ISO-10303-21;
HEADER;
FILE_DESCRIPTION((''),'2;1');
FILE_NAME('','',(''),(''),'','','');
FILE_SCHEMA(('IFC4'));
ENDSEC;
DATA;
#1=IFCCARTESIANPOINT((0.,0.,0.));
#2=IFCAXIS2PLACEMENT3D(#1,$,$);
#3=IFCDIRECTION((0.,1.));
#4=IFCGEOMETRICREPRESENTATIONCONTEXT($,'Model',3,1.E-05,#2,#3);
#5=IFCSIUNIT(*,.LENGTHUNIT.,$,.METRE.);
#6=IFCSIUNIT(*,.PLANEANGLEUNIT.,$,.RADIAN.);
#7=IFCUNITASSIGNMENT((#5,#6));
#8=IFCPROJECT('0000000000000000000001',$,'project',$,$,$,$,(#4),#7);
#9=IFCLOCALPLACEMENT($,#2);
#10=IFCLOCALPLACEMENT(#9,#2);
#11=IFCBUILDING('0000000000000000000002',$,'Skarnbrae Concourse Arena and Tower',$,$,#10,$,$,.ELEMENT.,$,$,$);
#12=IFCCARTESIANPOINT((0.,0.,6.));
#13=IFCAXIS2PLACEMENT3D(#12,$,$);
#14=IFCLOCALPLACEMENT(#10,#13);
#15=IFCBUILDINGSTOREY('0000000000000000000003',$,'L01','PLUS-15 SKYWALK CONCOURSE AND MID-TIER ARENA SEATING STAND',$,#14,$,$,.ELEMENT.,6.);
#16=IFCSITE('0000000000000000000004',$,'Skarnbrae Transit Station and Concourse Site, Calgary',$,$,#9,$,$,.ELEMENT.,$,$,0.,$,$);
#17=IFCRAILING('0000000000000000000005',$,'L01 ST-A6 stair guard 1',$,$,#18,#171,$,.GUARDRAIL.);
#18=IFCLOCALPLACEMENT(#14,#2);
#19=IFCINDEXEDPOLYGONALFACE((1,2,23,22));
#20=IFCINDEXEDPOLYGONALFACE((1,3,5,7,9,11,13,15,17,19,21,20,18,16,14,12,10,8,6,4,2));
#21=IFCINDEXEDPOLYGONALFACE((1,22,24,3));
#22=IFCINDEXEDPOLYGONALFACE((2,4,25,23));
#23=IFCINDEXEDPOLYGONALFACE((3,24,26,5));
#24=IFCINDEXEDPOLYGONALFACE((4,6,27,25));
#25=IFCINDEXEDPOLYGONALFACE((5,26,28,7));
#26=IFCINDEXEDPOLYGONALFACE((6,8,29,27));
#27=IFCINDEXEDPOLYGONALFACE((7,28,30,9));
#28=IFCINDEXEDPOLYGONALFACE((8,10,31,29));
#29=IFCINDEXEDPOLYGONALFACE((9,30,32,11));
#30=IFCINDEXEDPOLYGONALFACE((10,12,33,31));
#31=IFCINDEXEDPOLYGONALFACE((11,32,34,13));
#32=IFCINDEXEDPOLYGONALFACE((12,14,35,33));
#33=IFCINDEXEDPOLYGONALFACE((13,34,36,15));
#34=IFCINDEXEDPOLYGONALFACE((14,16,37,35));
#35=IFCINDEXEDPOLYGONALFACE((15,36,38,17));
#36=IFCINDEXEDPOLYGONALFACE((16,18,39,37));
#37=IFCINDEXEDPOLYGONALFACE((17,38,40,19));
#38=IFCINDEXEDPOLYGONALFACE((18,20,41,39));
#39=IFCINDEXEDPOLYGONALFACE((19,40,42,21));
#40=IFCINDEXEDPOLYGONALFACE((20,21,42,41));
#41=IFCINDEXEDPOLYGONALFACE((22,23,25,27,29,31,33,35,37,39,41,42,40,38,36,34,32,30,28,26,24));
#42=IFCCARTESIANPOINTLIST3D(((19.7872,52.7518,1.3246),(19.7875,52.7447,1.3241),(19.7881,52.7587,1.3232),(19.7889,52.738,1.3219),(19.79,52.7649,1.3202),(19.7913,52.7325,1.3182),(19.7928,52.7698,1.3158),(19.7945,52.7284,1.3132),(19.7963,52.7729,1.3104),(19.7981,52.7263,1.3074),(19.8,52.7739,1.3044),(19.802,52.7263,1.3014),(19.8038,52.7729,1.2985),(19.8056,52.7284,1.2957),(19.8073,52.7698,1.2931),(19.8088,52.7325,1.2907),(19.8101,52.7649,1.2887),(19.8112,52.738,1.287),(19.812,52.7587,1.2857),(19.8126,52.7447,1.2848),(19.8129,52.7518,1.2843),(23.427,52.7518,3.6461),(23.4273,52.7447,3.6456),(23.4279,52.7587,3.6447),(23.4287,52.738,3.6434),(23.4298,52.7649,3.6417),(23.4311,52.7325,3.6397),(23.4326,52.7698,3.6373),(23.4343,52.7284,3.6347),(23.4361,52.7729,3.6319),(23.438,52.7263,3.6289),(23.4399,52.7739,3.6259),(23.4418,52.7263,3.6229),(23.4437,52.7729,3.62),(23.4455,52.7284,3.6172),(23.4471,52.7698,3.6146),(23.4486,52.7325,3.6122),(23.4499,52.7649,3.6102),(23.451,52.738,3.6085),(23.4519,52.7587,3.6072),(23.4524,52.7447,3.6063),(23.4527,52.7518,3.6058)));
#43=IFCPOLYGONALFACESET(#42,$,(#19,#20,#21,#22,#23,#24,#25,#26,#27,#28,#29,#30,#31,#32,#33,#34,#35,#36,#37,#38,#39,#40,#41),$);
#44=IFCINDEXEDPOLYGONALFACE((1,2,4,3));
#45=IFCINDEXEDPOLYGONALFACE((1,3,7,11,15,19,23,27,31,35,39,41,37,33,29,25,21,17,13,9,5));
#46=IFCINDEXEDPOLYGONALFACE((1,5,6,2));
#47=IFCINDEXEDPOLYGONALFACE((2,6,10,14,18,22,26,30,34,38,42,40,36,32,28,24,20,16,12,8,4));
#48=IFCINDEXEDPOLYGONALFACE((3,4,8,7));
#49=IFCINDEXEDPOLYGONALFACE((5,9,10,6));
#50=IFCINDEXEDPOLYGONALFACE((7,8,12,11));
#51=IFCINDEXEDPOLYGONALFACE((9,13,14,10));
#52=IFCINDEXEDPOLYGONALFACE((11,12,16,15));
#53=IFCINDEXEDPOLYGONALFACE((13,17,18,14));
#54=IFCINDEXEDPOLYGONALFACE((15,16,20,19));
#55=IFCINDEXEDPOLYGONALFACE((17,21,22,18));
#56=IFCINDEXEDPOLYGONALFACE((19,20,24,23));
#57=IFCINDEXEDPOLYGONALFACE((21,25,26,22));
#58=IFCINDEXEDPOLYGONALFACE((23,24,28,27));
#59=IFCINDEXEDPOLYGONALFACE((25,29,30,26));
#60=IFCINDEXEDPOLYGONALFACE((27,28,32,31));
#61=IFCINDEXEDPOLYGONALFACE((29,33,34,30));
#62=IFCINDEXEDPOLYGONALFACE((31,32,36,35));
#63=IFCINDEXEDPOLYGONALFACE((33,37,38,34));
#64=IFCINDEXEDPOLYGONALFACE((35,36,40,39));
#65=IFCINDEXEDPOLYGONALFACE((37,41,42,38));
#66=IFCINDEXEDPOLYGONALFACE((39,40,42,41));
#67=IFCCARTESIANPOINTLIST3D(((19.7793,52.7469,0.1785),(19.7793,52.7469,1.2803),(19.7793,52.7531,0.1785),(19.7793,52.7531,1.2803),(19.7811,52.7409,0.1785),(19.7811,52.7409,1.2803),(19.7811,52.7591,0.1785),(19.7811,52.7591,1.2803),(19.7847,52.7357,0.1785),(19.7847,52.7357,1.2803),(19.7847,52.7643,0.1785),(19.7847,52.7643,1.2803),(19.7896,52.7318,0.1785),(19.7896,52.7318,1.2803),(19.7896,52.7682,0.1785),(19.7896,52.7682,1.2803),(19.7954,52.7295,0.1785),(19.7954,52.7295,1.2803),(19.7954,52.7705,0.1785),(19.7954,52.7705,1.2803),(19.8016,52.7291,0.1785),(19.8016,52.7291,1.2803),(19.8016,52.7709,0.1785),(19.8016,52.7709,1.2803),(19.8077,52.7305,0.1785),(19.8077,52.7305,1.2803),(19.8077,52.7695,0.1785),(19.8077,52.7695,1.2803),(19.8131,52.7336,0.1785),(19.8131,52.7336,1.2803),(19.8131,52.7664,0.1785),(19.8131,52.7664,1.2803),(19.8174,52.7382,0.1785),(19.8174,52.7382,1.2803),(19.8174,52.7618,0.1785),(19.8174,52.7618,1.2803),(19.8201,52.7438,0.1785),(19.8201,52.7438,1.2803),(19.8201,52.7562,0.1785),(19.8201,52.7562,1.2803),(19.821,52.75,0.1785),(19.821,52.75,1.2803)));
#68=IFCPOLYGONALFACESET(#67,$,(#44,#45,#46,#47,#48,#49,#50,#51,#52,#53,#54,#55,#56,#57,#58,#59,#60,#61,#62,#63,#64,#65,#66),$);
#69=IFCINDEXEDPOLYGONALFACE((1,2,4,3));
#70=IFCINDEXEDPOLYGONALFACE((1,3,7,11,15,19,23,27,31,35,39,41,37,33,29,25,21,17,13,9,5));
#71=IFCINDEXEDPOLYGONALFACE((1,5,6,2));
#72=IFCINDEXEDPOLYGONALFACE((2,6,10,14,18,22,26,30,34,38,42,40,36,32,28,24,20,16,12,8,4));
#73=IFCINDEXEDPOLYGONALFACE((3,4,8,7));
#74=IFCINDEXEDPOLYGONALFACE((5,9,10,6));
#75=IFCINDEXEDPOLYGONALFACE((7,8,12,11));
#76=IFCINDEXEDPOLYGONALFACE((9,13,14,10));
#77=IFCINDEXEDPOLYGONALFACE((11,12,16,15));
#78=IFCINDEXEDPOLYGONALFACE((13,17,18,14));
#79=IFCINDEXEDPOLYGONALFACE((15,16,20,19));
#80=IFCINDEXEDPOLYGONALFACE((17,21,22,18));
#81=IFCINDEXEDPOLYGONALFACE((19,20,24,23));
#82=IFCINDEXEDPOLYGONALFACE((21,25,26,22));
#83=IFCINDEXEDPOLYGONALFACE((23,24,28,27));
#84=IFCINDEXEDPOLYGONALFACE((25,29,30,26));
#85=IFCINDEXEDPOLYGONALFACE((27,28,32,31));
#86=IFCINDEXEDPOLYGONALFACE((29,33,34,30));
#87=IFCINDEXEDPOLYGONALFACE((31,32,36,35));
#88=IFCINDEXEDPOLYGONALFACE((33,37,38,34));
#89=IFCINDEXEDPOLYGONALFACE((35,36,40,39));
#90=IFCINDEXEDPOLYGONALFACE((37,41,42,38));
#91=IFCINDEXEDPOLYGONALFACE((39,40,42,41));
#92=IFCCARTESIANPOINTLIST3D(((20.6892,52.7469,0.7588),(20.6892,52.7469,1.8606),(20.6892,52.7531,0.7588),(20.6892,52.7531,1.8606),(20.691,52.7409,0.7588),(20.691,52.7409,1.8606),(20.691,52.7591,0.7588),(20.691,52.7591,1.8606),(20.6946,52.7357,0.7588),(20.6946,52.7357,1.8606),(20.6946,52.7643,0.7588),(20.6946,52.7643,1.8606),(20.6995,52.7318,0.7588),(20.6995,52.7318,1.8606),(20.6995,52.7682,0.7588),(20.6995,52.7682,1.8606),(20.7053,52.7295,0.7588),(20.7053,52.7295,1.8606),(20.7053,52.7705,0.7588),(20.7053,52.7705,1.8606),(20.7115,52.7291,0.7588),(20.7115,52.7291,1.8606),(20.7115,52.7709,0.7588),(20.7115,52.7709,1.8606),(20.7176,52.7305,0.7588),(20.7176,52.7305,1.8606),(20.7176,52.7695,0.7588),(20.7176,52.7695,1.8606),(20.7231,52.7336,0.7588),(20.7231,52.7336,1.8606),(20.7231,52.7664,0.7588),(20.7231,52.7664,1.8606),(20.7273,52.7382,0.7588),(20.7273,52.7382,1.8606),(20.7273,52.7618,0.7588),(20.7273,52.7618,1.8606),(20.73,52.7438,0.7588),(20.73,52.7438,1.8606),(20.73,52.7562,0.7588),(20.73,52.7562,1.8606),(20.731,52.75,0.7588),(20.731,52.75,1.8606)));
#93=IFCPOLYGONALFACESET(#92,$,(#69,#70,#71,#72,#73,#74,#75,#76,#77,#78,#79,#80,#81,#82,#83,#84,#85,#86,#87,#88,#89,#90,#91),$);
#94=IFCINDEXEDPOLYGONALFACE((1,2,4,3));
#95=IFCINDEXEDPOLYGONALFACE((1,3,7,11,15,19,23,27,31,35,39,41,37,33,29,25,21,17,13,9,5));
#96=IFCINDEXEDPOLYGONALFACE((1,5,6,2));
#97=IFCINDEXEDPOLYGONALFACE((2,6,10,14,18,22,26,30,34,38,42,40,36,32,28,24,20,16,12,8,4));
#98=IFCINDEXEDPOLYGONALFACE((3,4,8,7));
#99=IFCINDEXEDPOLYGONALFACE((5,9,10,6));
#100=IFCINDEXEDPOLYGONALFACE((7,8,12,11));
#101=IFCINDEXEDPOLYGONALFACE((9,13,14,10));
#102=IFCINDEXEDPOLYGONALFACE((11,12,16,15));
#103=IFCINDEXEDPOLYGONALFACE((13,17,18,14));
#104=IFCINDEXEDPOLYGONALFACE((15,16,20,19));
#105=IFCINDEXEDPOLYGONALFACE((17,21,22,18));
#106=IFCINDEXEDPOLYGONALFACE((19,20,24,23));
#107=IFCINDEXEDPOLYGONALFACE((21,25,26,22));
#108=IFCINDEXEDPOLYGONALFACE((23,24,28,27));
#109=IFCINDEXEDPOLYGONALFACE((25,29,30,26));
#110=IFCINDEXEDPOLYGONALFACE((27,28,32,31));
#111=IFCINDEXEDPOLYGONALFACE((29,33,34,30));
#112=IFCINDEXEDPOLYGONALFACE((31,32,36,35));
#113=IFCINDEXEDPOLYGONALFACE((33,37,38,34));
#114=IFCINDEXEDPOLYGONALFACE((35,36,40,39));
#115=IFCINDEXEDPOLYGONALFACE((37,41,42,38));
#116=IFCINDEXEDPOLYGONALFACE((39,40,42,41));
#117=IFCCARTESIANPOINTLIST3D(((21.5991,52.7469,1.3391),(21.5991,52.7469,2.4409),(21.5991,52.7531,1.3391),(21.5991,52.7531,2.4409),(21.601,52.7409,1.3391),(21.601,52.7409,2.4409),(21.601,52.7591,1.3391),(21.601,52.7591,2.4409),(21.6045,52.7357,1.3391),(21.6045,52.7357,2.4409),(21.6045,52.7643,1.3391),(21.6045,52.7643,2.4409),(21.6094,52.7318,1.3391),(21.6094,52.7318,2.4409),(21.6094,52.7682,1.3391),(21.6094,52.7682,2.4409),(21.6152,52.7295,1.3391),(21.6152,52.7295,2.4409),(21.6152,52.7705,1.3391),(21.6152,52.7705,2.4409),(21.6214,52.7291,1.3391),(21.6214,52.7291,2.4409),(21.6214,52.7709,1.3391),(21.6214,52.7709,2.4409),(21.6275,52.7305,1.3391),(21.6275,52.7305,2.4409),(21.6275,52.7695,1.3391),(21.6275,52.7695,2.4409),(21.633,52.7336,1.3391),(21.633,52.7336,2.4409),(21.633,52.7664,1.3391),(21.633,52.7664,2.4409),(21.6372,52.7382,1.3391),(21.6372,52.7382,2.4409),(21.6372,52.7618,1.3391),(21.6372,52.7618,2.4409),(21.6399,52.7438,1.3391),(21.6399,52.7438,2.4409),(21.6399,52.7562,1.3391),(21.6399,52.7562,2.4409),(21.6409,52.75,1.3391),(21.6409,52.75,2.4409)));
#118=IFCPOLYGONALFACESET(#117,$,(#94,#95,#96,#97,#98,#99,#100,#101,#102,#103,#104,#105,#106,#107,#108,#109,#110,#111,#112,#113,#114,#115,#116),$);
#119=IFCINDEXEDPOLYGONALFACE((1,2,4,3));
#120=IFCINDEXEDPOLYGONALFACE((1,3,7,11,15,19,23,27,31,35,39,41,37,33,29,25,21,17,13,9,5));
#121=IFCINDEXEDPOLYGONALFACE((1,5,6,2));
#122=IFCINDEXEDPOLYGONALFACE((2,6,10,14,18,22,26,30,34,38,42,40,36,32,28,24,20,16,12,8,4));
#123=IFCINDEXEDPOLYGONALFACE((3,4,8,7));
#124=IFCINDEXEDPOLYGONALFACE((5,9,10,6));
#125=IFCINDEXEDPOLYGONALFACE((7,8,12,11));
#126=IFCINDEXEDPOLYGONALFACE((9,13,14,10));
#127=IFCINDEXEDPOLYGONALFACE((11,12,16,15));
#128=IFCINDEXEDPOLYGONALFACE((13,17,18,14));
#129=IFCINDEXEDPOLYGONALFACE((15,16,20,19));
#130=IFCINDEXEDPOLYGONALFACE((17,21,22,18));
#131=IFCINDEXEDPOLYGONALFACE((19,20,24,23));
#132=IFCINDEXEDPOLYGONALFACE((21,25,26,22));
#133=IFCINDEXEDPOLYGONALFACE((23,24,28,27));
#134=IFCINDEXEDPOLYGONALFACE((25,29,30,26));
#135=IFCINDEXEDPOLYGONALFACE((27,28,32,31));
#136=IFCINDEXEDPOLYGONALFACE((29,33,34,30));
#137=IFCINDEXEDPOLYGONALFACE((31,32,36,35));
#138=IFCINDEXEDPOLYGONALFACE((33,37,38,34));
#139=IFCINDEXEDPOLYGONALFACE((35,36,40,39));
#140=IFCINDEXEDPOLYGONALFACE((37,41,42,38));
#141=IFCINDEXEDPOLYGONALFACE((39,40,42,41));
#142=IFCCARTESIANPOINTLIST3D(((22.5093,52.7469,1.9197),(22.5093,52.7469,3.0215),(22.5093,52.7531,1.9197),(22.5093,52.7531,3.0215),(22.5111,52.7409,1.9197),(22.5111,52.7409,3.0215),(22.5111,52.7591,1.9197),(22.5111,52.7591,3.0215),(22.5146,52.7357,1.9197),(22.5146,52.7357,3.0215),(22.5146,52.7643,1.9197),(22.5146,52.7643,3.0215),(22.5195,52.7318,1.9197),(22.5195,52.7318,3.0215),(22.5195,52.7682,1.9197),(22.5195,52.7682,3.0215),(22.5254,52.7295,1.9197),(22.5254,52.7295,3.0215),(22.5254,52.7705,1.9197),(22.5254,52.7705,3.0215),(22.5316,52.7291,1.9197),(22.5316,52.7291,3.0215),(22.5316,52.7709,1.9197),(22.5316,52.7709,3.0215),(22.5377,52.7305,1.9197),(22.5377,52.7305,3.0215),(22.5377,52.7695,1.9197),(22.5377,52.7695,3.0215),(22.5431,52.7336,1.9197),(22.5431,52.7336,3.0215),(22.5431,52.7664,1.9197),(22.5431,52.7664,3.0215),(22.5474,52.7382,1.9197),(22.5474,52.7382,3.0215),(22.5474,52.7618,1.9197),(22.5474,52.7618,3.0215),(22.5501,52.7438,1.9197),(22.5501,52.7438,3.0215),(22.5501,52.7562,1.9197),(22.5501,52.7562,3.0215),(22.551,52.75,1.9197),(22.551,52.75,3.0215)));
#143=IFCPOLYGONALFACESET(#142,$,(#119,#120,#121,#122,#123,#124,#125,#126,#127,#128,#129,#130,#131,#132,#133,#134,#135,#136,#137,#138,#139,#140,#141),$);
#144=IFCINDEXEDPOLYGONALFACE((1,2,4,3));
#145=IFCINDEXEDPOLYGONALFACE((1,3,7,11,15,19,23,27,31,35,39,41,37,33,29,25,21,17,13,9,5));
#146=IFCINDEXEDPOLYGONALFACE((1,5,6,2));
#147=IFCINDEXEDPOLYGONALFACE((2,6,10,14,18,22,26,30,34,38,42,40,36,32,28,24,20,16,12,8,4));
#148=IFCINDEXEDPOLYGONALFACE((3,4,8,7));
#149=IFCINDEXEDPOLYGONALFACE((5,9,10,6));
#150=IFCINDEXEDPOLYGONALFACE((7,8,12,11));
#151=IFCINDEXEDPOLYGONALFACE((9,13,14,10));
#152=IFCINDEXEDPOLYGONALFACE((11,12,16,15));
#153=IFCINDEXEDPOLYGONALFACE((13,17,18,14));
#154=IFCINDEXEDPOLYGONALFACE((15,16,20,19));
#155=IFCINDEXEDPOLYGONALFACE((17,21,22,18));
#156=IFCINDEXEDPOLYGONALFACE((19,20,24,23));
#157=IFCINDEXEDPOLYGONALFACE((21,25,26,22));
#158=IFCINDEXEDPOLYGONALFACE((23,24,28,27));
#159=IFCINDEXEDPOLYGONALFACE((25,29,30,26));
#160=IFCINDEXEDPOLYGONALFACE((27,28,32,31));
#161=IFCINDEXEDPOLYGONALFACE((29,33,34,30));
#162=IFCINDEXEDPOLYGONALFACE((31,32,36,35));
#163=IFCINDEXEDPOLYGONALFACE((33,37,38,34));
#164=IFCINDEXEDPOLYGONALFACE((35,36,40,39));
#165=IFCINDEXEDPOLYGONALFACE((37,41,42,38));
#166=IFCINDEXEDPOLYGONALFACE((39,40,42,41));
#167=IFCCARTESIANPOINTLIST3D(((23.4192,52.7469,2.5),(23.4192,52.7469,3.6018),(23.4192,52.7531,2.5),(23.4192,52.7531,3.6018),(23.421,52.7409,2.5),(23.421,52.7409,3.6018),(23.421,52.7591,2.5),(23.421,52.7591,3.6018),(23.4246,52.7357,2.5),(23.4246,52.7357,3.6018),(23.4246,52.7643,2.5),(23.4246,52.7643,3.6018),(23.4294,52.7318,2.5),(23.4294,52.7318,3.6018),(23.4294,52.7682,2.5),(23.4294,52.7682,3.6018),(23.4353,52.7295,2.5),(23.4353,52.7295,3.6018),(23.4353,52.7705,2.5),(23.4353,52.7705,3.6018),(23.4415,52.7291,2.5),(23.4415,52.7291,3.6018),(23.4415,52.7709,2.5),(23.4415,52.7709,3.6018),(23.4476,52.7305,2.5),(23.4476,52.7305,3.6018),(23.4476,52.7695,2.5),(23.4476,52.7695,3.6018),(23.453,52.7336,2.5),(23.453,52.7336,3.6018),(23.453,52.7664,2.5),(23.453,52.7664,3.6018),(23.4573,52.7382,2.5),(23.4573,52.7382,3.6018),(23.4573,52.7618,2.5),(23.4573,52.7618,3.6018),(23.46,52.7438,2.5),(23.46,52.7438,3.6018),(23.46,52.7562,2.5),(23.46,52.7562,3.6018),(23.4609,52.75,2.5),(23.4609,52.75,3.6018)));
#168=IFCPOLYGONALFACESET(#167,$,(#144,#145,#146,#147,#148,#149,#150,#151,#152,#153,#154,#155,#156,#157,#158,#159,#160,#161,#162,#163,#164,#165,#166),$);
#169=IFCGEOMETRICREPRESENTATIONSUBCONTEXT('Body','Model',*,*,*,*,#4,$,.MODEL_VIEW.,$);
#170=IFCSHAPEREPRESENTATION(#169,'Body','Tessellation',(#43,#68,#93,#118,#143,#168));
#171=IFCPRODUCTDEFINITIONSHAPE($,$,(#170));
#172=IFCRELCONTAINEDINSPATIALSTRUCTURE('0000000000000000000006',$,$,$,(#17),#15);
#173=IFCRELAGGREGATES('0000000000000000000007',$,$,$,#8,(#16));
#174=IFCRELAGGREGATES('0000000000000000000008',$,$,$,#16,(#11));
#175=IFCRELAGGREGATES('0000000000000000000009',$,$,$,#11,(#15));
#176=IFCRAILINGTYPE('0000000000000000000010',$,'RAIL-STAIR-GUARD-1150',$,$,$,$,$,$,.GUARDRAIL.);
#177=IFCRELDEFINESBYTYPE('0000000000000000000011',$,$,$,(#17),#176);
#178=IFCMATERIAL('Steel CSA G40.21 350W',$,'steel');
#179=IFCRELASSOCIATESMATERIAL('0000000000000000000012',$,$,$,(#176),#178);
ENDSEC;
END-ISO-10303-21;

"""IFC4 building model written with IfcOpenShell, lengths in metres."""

from ifc_helpers import new_model, si_unit, direction, frame, origin, origin_2d, place, context, subcontext, project, spatial, circle, extrude, material, type_object, element, save


model = new_model("IFC4")

# Units and contexts
model_context = context("Model", 3, precision=1e-05, world=origin(), true_north=direction((0.0, 1.0)))
body_context = subcontext(model_context, "Body", "Model", "MODEL_VIEW")
ifc_project = project(units=[si_unit("LENGTHUNIT", "METRE"), si_unit("PLANEANGLEUNIT", "RADIAN")], contexts=[model_context])

# Site, building, storey
site_placement = place(None, origin())
site = spatial("IfcSite", under=ifc_project, at=site_placement, Name="Skarnbrae Transit Station and Concourse Site, Calgary", CompositionType="ELEMENT", RefElevation=0.0)
building_placement = place(site_placement, origin())
building = spatial("IfcBuilding", under=site, at=building_placement, Name="Skarnbrae Concourse Arena and Tower", CompositionType="ELEMENT")
storey_placement = place(building_placement, frame((0.0, 0.0, 6.0)))
storey = spatial("IfcBuildingStorey", under=building, at=storey_placement, Name="L01", Description="PLUS-15 SKYWALK CONCOURSE AND MID-TIER ARENA SEATING STAND", CompositionType="ELEMENT", Elevation=6.0)

# Shared definitions
ifc_material_1 = material(Name="Steel CSA G40.21 350W", Category="steel")

# Railing
railing_type_1 = type_object("IfcRailingType", Name="RAIL-STAIR-GUARD-1150", PredefinedType="GUARDRAIL", material=ifc_material_1)
railing_1_placement = place(storey_placement, frame((19.8, 52.75, 0.1785)))
element("IfcRailing", 1, at=railing_1_placement, inside=storey, type_object=railing_type_1, Name="L01 ST-A6 stair guard 1", PredefinedType="GUARDRAIL", context=body_context, shape_type="SweptSolid", body=[
    extrude(circle(Radius=0.0239, at=origin_2d()), frame((0.0, 0.0, 1.126), z_axis=(0.843112, 0.0, 0.537739), x_axis=(0.0, 1.0, 0.0)), (0.0, 0.0, 1.0), 4.3171),
    extrude(circle(Radius=0.021, at=origin_2d()), origin(), (0.0, 0.0, 1.0), 1.1018),
    extrude(circle(Radius=0.021, at=origin_2d()), frame((0.9099, 0.0, 0.5803)), (0.0, 0.0, 1.0), 1.1018),
    extrude(circle(Radius=0.021, at=origin_2d()), frame((1.8198, 0.0, 1.1606)), (0.0, 0.0, 1.0), 1.1018),
    extrude(circle(Radius=0.021, at=origin_2d()), frame((2.73, 0.0, 1.7412)), (0.0, 0.0, 1.0), 1.1018),
    extrude(circle(Radius=0.021, at=origin_2d()), frame((3.6399, 0.0, 2.3215)), (0.0, 0.0, 1.0), 1.1018),
])

save(model, "model.ifc")
